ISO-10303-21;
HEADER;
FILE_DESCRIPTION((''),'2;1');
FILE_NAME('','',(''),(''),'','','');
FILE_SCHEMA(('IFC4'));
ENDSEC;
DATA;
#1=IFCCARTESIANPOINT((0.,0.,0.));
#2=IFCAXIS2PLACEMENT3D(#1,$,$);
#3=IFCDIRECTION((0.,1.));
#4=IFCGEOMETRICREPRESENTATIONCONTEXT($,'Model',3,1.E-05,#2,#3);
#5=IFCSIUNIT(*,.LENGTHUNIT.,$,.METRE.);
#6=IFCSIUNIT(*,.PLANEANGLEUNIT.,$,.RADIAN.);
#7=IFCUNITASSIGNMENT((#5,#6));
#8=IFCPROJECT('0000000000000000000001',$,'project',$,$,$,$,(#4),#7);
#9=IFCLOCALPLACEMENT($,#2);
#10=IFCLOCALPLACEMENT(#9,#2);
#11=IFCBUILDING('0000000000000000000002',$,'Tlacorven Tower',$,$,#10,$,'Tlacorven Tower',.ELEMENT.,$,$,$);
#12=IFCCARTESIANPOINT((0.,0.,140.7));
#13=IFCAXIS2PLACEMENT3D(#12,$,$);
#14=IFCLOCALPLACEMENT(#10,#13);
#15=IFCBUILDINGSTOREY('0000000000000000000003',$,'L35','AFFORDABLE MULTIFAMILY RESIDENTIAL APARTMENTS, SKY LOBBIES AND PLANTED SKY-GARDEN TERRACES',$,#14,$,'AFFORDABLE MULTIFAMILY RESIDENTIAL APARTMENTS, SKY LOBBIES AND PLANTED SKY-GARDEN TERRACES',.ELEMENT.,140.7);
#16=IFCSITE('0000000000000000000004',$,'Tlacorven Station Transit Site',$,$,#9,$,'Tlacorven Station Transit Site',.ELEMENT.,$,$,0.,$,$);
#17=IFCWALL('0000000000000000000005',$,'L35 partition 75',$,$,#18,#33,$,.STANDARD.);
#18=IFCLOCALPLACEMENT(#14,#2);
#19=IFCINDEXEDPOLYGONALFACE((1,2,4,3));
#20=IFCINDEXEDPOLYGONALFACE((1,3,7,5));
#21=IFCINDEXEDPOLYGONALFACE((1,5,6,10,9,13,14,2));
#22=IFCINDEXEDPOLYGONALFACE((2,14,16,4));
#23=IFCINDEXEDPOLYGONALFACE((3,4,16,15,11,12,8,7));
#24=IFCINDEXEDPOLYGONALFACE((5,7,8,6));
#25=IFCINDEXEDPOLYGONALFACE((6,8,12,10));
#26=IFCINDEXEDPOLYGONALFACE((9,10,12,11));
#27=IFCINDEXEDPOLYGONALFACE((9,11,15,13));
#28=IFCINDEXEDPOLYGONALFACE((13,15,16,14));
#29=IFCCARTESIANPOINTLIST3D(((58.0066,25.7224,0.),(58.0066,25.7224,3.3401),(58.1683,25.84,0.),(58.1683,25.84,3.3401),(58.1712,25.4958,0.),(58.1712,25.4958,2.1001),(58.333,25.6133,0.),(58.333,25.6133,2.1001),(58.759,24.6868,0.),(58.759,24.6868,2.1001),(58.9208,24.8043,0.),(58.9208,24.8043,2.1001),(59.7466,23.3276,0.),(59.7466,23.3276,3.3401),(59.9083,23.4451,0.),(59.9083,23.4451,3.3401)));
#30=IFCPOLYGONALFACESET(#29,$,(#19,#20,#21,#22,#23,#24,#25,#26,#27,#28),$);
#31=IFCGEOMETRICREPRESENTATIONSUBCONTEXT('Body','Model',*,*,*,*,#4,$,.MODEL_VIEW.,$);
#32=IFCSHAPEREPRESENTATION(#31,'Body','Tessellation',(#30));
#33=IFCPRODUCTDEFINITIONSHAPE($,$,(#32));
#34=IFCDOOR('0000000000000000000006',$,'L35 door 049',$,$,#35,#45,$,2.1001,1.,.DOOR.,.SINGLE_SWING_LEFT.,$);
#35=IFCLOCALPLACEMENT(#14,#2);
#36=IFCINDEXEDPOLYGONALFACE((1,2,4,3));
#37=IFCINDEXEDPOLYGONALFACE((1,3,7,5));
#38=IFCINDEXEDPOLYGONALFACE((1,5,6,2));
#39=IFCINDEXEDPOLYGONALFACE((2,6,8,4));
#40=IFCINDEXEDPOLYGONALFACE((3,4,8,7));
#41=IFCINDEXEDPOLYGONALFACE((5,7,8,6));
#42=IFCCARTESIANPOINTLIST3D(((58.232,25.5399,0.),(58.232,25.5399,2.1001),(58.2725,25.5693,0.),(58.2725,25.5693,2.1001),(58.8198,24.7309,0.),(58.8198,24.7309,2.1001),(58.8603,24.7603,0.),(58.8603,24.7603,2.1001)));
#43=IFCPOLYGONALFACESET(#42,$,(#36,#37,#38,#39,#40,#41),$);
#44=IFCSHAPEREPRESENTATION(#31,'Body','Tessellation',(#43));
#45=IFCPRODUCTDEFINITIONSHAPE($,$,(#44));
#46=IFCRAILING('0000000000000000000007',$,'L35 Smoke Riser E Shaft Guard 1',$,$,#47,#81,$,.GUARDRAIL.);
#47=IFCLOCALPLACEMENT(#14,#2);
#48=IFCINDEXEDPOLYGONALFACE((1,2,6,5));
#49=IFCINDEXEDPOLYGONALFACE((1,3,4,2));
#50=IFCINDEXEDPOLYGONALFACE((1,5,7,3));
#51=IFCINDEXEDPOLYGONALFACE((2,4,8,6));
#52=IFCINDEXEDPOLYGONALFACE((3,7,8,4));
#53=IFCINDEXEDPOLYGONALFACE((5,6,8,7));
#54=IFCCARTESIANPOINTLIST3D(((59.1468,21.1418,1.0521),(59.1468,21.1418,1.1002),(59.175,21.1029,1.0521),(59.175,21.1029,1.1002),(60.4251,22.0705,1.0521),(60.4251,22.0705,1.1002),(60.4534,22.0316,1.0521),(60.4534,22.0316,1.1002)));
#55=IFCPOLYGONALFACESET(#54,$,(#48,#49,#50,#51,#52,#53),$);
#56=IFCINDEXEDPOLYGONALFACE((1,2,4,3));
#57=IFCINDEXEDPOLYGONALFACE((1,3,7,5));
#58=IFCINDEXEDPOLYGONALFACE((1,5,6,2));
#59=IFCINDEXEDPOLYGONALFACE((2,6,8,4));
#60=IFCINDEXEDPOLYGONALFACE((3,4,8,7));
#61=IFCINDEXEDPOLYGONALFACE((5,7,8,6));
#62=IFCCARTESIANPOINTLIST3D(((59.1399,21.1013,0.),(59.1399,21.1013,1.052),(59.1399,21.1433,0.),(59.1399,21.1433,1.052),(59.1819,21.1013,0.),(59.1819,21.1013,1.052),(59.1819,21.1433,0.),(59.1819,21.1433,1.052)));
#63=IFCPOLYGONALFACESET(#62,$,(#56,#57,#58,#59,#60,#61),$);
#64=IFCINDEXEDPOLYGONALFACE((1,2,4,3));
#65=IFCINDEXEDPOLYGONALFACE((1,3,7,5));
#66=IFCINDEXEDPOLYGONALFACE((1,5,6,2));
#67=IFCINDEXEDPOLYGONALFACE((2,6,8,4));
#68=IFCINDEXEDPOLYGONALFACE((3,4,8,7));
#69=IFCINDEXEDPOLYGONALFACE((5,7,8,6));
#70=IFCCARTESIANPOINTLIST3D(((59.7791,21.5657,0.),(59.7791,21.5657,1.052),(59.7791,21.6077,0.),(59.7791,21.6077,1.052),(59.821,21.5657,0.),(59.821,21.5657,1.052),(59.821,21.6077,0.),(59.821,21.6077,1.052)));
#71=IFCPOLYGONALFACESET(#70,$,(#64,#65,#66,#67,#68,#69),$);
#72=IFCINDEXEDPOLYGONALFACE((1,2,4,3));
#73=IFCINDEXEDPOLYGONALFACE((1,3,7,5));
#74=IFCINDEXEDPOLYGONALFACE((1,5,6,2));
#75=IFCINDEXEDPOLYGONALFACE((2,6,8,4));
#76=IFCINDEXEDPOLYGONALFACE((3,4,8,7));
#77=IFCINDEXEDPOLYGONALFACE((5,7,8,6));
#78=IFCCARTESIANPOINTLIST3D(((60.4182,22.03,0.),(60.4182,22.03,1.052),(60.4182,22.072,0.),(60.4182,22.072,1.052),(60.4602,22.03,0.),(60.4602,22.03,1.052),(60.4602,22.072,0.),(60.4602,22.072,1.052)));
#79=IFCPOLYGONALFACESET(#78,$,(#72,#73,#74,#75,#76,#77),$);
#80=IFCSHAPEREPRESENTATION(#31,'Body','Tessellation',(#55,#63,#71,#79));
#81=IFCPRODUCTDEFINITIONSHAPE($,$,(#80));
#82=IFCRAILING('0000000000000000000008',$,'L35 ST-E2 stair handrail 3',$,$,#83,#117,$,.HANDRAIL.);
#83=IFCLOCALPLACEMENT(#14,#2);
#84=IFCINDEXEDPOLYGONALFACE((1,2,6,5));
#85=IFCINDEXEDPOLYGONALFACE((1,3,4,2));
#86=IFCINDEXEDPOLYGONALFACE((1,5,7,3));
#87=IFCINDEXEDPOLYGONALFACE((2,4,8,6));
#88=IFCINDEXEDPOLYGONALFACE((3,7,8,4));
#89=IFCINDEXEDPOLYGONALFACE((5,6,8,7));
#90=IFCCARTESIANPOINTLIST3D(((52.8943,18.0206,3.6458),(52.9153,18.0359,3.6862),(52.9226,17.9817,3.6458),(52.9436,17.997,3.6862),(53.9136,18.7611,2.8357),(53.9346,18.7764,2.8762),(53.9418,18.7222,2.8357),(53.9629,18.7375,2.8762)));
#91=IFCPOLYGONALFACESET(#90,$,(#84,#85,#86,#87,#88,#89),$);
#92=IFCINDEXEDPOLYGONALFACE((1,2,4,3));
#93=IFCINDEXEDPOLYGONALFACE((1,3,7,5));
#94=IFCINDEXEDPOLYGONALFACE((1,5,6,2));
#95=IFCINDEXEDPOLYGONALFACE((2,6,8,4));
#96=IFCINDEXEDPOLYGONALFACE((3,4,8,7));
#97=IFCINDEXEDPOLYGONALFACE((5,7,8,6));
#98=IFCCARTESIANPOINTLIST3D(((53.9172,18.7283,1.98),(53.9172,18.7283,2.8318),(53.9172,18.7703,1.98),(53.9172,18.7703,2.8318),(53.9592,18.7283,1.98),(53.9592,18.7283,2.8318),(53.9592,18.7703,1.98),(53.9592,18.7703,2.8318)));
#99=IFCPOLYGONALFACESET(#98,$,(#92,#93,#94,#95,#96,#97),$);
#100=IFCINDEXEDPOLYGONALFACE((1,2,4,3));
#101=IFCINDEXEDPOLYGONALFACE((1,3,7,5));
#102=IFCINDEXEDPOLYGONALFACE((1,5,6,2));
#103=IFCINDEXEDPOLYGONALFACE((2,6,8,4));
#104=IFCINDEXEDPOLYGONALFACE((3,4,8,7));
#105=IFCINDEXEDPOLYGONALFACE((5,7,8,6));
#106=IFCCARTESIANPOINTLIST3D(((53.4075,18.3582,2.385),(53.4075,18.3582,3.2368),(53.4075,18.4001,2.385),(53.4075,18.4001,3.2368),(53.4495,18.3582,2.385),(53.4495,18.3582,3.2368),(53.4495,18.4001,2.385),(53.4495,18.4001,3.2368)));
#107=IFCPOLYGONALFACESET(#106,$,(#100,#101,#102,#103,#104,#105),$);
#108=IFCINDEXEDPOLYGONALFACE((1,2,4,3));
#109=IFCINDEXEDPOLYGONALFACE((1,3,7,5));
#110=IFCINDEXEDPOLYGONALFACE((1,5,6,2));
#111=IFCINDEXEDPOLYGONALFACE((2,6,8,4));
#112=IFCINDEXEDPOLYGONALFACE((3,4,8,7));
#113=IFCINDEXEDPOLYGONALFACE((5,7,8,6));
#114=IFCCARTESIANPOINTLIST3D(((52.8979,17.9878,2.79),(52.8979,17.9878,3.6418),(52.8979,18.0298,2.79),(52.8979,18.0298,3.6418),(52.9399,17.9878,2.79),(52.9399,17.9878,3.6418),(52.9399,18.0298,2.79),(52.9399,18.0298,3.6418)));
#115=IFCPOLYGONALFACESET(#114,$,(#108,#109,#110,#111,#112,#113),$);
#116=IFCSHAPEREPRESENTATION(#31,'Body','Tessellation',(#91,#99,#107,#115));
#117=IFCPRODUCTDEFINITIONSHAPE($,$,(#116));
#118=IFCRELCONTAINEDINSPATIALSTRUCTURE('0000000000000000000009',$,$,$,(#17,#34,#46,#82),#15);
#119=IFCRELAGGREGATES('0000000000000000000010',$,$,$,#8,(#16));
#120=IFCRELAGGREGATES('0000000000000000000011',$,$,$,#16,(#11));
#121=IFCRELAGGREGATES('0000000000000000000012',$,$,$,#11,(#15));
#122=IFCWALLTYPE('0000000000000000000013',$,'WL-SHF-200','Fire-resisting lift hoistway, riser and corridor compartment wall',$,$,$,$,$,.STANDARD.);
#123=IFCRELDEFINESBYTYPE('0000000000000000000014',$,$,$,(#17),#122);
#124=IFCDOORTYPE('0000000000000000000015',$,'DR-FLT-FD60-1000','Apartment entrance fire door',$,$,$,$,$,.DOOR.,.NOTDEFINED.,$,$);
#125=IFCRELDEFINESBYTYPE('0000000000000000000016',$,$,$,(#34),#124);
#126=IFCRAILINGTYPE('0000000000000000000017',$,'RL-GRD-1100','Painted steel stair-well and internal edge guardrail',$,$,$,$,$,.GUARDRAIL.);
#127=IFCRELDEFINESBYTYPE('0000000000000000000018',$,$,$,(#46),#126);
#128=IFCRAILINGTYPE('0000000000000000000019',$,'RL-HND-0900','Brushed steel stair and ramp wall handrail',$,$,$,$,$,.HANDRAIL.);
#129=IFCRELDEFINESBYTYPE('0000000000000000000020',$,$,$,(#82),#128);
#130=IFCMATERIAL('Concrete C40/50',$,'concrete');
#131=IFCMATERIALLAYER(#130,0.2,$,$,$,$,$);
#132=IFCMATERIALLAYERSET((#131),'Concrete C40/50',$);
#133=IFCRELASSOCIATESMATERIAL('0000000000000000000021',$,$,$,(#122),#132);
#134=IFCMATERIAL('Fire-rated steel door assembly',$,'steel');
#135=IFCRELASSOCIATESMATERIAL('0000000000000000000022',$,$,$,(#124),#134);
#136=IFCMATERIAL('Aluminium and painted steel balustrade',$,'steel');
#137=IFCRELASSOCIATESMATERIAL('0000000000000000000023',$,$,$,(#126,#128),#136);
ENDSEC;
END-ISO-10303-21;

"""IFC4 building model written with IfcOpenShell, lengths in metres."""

from ifc_helpers import new_model, si_unit, direction, frame, frame_2d, origin, origin_2d, place, context, subcontext, project, spatial, rectangle, extrude, source, transform, mapped, material, layer, layer_set, type_object, element, fill, save


model = new_model("IFC4")

# Units and contexts
model_context = context("Model", 3, precision=1e-05, world=origin(), true_north=direction((0.0, 1.0)))
body_context = subcontext(model_context, "Body", "Model", "MODEL_VIEW")
ifc_project = project(units=[si_unit("LENGTHUNIT", "METRE"), si_unit("PLANEANGLEUNIT", "RADIAN")], contexts=[model_context])

# Site, building, storey
site_placement = place(None, origin())
site = spatial("IfcSite", under=ifc_project, at=site_placement, Name="Tlacorven Station Transit Site", LongName="Tlacorven Station Transit Site", CompositionType="ELEMENT", RefElevation=0.0)
building_placement = place(site_placement, origin())
building = spatial("IfcBuilding", under=site, at=building_placement, Name="Tlacorven Tower", LongName="Tlacorven Tower", CompositionType="ELEMENT")
storey_placement = place(building_placement, frame((0.0, 0.0, 140.7)))
storey = spatial("IfcBuildingStorey", under=building, at=storey_placement, Name="L35", Description="AFFORDABLE MULTIFAMILY RESIDENTIAL APARTMENTS, SKY LOBBIES AND PLANTED SKY-GARDEN TERRACES", LongName="AFFORDABLE MULTIFAMILY RESIDENTIAL APARTMENTS, SKY LOBBIES AND PLANTED SKY-GARDEN TERRACES", CompositionType="ELEMENT", Elevation=140.7)

# Shared definitions
ifc_material_1 = material(Name="Concrete C40/50", Category="concrete")
ifc_layer_1 = layer(ifc_material_1, 0.2)
ifc_layer_set_1 = layer_set([ifc_layer_1], Name="Concrete C40/50")
wall_type_1 = type_object("IfcWallType", Name="WL-SHF-200", Description="Fire-resisting lift hoistway, riser and corridor compartment wall", PredefinedType="STANDARD", material=ifc_layer_set_1)
ifc_material_2 = material(Name="Fire-rated steel door assembly", Category="steel")

# Wall, opening, door
wall_1_placement = place(storey_placement, frame((59.8274, 23.3865, 0.0), z_axis=(0.0, 0.0, 1.0), x_axis=(-0.587804, 0.809003, 0.0)))
wall_1 = element("IfcWall", 1, at=wall_1_placement, inside=storey, type_object=wall_type_1, Name="L35 partition 75", PredefinedType="STANDARD", context=body_context, shape_type="SweptSolid", body=[
    extrude(rectangle(XDim=2.9602, YDim=0.2, at=frame_2d((1.48, 0.0))), origin(), (0.0, 0.0, 1.0), 3.3401),
])
opening_1_placement = place(wall_1_placement, frame((1.6799, 0.0, 0.0)))
opening_1 = element("IfcOpeningElement", 2, at=opening_1_placement, cuts=wall_1, PredefinedType="OPENING", context=body_context, shape_type="SweptSolid", body=[
    extrude(rectangle(XDim=1.0, YDim=2.1001, at=frame_2d((0.5, 1.05))), frame((0.0, 0.1099, 0.0), z_axis=(0.0, -1.0, 0.0), x_axis=(1.0, 0.0, 0.0)), (0.0, 0.0, 1.0), 0.22),
])
door_type_1 = type_object("IfcDoorType", Name="DR-FLT-FD60-1000", Description="Apartment entrance fire door", OperationType="NOTDEFINED", PredefinedType="DOOR", material=ifc_material_2)
shared_shape_1 = source(origin(), body_context, "Body", "SweptSolid", [
    extrude(rectangle(XDim=1.0, YDim=2.1001, at=frame_2d((0.5, 1.05))), frame((0.0, 0.0249, 0.0), z_axis=(0.0, -1.0, 0.0), x_axis=(1.0, 0.0, 0.0)), (0.0, 0.0, 1.0), 0.05),
])
door_1_placement = place(opening_1_placement, origin())
door_1 = element("IfcDoor", 3, at=door_1_placement, inside=storey, type_object=door_type_1, Name="L35 door 049", OperationType="SINGLE_SWING_LEFT", OverallHeight=2.1001, OverallWidth=1.0, PredefinedType="DOOR", context=body_context, shape_type="MappedRepresentation", body=[
    mapped(shared_shape_1, transform((0.0, 0.0, 0.0), scale=1.0)),
])
fill(opening_1, door_1)

# Railings
ifc_material_3 = material(Name="Aluminium and painted steel balustrade", Category="steel")
railing_type_1 = type_object("IfcRailingType", Name="RL-GRD-1100", Description="Painted steel stair-well and internal edge guardrail", PredefinedType="GUARDRAIL", material=ifc_material_3)
shared_shape_2 = source(origin(), body_context, "Body", "SweptSolid", [
    extrude(rectangle(XDim=0.0481, YDim=0.0481, at=origin_2d()), frame((0.0, 0.0, 1.0762), z_axis=(0.80903, 0.587767, 0.0), x_axis=(-0.587767, 0.80903, 0.0)), (0.0, 0.0, 1.0), 1.5801),
    extrude(rectangle(XDim=0.042, YDim=0.042, at=origin_2d()), origin(), (0.0, 0.0, 1.0), 1.052),
    extrude(rectangle(XDim=0.042, YDim=0.042, at=origin_2d()), frame((0.6392, 0.4644, 0.0)), (0.0, 0.0, 1.0), 1.052),
    extrude(rectangle(XDim=0.042, YDim=0.042, at=origin_2d()), frame((1.2783, 0.9287, 0.0)), (0.0, 0.0, 1.0), 1.052),
])
railing_1_placement = place(storey_placement, frame((59.1609, 21.1223, 0.0)))
element("IfcRailing", 4, at=railing_1_placement, inside=storey, type_object=railing_type_1, Name="L35 Smoke Riser E Shaft Guard 1", PredefinedType="GUARDRAIL", context=body_context, shape_type="MappedRepresentation", body=[
    mapped(shared_shape_2, transform((0.0, 0.0, 0.0), scale=1.0)),
])
railing_type_2 = type_object("IfcRailingType", Name="RL-HND-0900", Description="Brushed steel stair and ramp wall handrail", PredefinedType="HANDRAIL", material=ifc_material_3)
shared_shape_3 = source(origin(), body_context, "Body", "SweptSolid", [
    extrude(rectangle(XDim=0.0481, YDim=0.0481, at=origin_2d()), frame((0.0, 0.0, 0.876), z_axis=(-0.680516, -0.494373, 0.540827), x_axis=(0.587745, -0.809046, 0.0)), (0.0, 0.0, 1.0), 1.4978),
    extrude(rectangle(XDim=0.042, YDim=0.042, at=origin_2d()), origin(), (0.0, 0.0, 1.0), 0.8518),
    extrude(rectangle(XDim=0.042, YDim=0.042, at=origin_2d()), frame((-0.5098, -0.3701, 0.405)), (0.0, 0.0, 1.0), 0.8518),
    extrude(rectangle(XDim=0.042, YDim=0.042, at=origin_2d()), frame((-1.0193, -0.7405, 0.8101)), (0.0, 0.0, 1.0), 0.8518),
])
railing_2_placement = place(storey_placement, frame((53.9382, 18.7493, 1.98)))
element("IfcRailing", 5, at=railing_2_placement, inside=storey, type_object=railing_type_2, Name="L35 ST-E2 stair handrail 3", PredefinedType="HANDRAIL", context=body_context, shape_type="MappedRepresentation", body=[
    mapped(shared_shape_3, transform((0.0, 0.0, 0.0), scale=1.0)),
])

save(model, "model.ifc")
